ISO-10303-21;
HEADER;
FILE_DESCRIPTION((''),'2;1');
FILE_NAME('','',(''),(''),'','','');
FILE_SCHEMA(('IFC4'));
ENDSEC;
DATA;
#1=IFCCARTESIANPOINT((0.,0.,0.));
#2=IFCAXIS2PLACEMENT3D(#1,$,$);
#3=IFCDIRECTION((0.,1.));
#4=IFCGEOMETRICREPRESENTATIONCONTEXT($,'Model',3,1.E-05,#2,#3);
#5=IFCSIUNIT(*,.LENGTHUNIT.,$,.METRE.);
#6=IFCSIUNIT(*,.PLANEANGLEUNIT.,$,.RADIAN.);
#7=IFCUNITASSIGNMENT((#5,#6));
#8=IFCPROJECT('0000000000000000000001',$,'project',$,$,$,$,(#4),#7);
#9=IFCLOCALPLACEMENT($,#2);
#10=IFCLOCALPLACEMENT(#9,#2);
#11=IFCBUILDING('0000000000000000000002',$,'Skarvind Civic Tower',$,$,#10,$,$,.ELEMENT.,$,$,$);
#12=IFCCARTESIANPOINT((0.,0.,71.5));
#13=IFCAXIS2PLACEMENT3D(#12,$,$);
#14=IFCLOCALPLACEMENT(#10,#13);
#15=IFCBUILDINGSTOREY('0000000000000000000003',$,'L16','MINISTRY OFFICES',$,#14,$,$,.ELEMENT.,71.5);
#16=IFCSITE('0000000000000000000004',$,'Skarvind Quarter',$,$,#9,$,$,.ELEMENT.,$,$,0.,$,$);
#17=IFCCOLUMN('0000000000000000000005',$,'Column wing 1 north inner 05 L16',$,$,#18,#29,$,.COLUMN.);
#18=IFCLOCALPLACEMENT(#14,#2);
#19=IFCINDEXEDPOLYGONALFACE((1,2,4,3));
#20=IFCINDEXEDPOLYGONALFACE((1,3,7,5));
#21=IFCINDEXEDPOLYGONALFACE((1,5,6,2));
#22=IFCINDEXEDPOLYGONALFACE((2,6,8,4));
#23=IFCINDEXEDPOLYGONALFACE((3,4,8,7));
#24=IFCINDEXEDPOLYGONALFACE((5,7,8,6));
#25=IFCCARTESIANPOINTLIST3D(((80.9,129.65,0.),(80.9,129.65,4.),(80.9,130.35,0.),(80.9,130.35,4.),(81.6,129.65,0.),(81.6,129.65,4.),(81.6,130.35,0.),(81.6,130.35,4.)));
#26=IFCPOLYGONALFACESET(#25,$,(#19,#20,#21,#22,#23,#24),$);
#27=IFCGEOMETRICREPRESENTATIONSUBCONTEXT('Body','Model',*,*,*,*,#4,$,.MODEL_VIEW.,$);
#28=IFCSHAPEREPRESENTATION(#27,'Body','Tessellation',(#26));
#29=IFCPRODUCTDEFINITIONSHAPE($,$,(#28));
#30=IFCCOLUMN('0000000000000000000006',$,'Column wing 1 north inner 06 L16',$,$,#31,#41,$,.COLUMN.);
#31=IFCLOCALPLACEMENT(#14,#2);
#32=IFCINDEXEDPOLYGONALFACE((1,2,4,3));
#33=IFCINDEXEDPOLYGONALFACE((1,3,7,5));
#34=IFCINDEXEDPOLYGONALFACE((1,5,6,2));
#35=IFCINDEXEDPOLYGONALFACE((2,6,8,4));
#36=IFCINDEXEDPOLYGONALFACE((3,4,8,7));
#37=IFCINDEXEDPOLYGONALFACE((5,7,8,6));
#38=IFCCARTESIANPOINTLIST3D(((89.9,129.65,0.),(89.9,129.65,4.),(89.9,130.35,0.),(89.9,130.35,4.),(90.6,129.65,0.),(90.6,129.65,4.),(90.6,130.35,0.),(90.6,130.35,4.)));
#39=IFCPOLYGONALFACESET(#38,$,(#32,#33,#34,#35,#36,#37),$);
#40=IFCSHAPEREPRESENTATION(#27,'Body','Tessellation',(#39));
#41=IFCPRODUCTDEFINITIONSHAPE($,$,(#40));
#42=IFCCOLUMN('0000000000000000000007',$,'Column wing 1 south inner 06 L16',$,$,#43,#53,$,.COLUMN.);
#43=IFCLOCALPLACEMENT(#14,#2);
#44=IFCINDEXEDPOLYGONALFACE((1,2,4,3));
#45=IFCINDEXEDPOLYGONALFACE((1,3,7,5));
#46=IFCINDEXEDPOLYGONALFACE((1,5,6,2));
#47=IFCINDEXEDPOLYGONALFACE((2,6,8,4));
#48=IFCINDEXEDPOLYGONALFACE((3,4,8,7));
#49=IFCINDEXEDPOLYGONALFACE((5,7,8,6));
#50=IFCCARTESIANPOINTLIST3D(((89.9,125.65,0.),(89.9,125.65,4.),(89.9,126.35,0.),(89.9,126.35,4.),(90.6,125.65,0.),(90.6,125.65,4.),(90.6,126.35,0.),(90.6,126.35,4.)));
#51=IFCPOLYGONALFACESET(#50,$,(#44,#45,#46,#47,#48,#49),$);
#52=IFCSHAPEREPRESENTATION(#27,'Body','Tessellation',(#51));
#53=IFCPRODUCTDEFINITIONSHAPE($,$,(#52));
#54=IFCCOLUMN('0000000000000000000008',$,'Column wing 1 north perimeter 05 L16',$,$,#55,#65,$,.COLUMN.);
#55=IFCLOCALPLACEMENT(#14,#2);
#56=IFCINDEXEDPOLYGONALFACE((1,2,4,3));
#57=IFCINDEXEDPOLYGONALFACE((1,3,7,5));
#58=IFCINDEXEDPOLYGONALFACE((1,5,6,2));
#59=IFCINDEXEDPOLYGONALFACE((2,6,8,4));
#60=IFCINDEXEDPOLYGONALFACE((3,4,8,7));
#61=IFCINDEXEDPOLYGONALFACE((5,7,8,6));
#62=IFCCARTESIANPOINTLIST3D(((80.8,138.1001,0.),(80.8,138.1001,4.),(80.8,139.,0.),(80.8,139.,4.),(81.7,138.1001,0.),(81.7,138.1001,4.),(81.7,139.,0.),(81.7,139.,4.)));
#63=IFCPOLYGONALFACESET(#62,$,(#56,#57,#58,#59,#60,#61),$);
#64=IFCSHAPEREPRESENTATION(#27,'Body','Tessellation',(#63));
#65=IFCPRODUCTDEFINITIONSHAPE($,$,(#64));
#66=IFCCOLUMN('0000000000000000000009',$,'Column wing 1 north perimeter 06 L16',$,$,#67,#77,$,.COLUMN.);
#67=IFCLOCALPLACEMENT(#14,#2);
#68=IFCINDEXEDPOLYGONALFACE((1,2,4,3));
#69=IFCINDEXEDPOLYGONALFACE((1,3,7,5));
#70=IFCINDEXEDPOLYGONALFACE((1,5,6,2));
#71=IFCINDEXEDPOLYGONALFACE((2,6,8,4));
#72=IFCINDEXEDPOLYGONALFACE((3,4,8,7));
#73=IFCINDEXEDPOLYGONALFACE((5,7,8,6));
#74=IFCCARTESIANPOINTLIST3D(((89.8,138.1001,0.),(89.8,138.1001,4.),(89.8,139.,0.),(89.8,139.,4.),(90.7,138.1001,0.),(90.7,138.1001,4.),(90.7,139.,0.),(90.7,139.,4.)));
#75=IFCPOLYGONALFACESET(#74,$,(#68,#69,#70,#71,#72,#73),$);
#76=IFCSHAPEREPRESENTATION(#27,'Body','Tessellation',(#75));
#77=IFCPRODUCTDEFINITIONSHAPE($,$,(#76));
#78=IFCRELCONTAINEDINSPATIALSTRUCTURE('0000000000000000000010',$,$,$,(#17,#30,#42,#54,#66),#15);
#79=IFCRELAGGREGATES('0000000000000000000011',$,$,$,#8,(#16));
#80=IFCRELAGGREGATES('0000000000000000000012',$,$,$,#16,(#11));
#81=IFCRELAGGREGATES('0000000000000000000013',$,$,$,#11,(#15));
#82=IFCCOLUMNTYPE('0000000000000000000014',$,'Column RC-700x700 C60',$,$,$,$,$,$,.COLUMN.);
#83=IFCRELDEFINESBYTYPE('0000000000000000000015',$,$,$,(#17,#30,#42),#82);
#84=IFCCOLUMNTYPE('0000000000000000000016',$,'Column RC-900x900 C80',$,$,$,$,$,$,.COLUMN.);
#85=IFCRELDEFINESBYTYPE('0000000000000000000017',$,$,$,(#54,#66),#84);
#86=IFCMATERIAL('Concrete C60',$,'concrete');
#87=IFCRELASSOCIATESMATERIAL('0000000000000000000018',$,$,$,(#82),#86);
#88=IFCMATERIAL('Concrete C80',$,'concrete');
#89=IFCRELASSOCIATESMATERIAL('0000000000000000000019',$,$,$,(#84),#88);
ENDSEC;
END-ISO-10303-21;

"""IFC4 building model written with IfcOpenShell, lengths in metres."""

from ifc_helpers import new_model, si_unit, direction, frame, origin, origin_2d, place, context, subcontext, project, spatial, rectangle, extrude, material, material_profile, profile_set, type_object, element, save


model = new_model("IFC4")

# Units and contexts
model_context = context("Model", 3, precision=1e-05, world=origin(), true_north=direction((0.0, 1.0)))
body_context = subcontext(model_context, "Body", "Model", "MODEL_VIEW")
ifc_project = project(units=[si_unit("LENGTHUNIT", "METRE"), si_unit("PLANEANGLEUNIT", "RADIAN")], contexts=[model_context])

# Site, building, storey
site_placement = place(None, origin())
site = spatial("IfcSite", under=ifc_project, at=site_placement, Name="Skarvind Quarter", CompositionType="ELEMENT", RefElevation=0.0)
building_placement = place(site_placement, origin())
building = spatial("IfcBuilding", under=site, at=building_placement, Name="Skarvind Civic Tower", CompositionType="ELEMENT")
storey_placement = place(building_placement, frame((0.0, 0.0, 71.5)))
storey = spatial("IfcBuildingStorey", under=building, at=storey_placement, Name="L16", Description="MINISTRY OFFICES", CompositionType="ELEMENT", Elevation=71.5)

# Columns
ifc_material_1 = material(Name="Concrete C60", Category="concrete")
ifc_material_profile_1 = material_profile(ifc_material_1, rectangle(XDim=0.7, YDim=0.7, at=origin_2d()), Name="RC-700x700")
ifc_profile_set_1 = profile_set([ifc_material_profile_1], Name="Concrete C60")
column_type_1 = type_object("IfcColumnType", Name="Column RC-700x700 C60", PredefinedType="COLUMN", material=ifc_profile_set_1)
for number, where, z_axis, x_axis, name in (
    (1, (81.25, 130.0, 0.0), (0.0, 0.0, 1.0), (1.0, 0.0, 0.0), "Column wing 1 north inner 05 L16"),
    (2, (90.25, 130.0, 0.0), (0.0, 0.0, 1.0), (1.0, 0.0, 0.0), "Column wing 1 north inner 06 L16"),
    (3, (90.25, 126.0, 0.0), (0.0, 0.0, 1.0), (1.0, 0.0, 0.0), "Column wing 1 south inner 06 L16"),
):
    element("IfcColumn", number, at=place(storey_placement, frame(where, z_axis=z_axis, x_axis=x_axis)), inside=storey, type_object=column_type_1, Name=name, PredefinedType="COLUMN", context=body_context, shape_type="SweptSolid", body=[
        extrude(rectangle(XDim=0.7, YDim=0.7, at=origin_2d()), origin(), (0.0, 0.0, 1.0), 4.0),
    ])
ifc_material_2 = material(Name="Concrete C80", Category="concrete")
ifc_material_profile_2 = material_profile(ifc_material_2, rectangle(XDim=0.8999, YDim=0.8999, at=origin_2d()), Name="RC-900x900")
ifc_profile_set_2 = profile_set([ifc_material_profile_2], Name="Concrete C80")
column_type_2 = type_object("IfcColumnType", Name="Column RC-900x900 C80", PredefinedType="COLUMN", material=ifc_profile_set_2)
for number, where, z_axis, x_axis, name in (
    (4, (81.25, 138.55, 0.0), (0.0, 0.0, 1.0), (1.0, 0.0, 0.0), "Column wing 1 north perimeter 05 L16"),
    (5, (90.25, 138.55, 0.0), (0.0, 0.0, 1.0), (1.0, 0.0, 0.0), "Column wing 1 north perimeter 06 L16"),
):
    element("IfcColumn", number, at=place(storey_placement, frame(where, z_axis=z_axis, x_axis=x_axis)), inside=storey, type_object=column_type_2, Name=name, PredefinedType="COLUMN", context=body_context, shape_type="SweptSolid", body=[
        extrude(rectangle(XDim=0.8999, YDim=0.8999, at=origin_2d()), origin(), (0.0, 0.0, 1.0), 4.0),
    ])

save(model, "model.ifc")
